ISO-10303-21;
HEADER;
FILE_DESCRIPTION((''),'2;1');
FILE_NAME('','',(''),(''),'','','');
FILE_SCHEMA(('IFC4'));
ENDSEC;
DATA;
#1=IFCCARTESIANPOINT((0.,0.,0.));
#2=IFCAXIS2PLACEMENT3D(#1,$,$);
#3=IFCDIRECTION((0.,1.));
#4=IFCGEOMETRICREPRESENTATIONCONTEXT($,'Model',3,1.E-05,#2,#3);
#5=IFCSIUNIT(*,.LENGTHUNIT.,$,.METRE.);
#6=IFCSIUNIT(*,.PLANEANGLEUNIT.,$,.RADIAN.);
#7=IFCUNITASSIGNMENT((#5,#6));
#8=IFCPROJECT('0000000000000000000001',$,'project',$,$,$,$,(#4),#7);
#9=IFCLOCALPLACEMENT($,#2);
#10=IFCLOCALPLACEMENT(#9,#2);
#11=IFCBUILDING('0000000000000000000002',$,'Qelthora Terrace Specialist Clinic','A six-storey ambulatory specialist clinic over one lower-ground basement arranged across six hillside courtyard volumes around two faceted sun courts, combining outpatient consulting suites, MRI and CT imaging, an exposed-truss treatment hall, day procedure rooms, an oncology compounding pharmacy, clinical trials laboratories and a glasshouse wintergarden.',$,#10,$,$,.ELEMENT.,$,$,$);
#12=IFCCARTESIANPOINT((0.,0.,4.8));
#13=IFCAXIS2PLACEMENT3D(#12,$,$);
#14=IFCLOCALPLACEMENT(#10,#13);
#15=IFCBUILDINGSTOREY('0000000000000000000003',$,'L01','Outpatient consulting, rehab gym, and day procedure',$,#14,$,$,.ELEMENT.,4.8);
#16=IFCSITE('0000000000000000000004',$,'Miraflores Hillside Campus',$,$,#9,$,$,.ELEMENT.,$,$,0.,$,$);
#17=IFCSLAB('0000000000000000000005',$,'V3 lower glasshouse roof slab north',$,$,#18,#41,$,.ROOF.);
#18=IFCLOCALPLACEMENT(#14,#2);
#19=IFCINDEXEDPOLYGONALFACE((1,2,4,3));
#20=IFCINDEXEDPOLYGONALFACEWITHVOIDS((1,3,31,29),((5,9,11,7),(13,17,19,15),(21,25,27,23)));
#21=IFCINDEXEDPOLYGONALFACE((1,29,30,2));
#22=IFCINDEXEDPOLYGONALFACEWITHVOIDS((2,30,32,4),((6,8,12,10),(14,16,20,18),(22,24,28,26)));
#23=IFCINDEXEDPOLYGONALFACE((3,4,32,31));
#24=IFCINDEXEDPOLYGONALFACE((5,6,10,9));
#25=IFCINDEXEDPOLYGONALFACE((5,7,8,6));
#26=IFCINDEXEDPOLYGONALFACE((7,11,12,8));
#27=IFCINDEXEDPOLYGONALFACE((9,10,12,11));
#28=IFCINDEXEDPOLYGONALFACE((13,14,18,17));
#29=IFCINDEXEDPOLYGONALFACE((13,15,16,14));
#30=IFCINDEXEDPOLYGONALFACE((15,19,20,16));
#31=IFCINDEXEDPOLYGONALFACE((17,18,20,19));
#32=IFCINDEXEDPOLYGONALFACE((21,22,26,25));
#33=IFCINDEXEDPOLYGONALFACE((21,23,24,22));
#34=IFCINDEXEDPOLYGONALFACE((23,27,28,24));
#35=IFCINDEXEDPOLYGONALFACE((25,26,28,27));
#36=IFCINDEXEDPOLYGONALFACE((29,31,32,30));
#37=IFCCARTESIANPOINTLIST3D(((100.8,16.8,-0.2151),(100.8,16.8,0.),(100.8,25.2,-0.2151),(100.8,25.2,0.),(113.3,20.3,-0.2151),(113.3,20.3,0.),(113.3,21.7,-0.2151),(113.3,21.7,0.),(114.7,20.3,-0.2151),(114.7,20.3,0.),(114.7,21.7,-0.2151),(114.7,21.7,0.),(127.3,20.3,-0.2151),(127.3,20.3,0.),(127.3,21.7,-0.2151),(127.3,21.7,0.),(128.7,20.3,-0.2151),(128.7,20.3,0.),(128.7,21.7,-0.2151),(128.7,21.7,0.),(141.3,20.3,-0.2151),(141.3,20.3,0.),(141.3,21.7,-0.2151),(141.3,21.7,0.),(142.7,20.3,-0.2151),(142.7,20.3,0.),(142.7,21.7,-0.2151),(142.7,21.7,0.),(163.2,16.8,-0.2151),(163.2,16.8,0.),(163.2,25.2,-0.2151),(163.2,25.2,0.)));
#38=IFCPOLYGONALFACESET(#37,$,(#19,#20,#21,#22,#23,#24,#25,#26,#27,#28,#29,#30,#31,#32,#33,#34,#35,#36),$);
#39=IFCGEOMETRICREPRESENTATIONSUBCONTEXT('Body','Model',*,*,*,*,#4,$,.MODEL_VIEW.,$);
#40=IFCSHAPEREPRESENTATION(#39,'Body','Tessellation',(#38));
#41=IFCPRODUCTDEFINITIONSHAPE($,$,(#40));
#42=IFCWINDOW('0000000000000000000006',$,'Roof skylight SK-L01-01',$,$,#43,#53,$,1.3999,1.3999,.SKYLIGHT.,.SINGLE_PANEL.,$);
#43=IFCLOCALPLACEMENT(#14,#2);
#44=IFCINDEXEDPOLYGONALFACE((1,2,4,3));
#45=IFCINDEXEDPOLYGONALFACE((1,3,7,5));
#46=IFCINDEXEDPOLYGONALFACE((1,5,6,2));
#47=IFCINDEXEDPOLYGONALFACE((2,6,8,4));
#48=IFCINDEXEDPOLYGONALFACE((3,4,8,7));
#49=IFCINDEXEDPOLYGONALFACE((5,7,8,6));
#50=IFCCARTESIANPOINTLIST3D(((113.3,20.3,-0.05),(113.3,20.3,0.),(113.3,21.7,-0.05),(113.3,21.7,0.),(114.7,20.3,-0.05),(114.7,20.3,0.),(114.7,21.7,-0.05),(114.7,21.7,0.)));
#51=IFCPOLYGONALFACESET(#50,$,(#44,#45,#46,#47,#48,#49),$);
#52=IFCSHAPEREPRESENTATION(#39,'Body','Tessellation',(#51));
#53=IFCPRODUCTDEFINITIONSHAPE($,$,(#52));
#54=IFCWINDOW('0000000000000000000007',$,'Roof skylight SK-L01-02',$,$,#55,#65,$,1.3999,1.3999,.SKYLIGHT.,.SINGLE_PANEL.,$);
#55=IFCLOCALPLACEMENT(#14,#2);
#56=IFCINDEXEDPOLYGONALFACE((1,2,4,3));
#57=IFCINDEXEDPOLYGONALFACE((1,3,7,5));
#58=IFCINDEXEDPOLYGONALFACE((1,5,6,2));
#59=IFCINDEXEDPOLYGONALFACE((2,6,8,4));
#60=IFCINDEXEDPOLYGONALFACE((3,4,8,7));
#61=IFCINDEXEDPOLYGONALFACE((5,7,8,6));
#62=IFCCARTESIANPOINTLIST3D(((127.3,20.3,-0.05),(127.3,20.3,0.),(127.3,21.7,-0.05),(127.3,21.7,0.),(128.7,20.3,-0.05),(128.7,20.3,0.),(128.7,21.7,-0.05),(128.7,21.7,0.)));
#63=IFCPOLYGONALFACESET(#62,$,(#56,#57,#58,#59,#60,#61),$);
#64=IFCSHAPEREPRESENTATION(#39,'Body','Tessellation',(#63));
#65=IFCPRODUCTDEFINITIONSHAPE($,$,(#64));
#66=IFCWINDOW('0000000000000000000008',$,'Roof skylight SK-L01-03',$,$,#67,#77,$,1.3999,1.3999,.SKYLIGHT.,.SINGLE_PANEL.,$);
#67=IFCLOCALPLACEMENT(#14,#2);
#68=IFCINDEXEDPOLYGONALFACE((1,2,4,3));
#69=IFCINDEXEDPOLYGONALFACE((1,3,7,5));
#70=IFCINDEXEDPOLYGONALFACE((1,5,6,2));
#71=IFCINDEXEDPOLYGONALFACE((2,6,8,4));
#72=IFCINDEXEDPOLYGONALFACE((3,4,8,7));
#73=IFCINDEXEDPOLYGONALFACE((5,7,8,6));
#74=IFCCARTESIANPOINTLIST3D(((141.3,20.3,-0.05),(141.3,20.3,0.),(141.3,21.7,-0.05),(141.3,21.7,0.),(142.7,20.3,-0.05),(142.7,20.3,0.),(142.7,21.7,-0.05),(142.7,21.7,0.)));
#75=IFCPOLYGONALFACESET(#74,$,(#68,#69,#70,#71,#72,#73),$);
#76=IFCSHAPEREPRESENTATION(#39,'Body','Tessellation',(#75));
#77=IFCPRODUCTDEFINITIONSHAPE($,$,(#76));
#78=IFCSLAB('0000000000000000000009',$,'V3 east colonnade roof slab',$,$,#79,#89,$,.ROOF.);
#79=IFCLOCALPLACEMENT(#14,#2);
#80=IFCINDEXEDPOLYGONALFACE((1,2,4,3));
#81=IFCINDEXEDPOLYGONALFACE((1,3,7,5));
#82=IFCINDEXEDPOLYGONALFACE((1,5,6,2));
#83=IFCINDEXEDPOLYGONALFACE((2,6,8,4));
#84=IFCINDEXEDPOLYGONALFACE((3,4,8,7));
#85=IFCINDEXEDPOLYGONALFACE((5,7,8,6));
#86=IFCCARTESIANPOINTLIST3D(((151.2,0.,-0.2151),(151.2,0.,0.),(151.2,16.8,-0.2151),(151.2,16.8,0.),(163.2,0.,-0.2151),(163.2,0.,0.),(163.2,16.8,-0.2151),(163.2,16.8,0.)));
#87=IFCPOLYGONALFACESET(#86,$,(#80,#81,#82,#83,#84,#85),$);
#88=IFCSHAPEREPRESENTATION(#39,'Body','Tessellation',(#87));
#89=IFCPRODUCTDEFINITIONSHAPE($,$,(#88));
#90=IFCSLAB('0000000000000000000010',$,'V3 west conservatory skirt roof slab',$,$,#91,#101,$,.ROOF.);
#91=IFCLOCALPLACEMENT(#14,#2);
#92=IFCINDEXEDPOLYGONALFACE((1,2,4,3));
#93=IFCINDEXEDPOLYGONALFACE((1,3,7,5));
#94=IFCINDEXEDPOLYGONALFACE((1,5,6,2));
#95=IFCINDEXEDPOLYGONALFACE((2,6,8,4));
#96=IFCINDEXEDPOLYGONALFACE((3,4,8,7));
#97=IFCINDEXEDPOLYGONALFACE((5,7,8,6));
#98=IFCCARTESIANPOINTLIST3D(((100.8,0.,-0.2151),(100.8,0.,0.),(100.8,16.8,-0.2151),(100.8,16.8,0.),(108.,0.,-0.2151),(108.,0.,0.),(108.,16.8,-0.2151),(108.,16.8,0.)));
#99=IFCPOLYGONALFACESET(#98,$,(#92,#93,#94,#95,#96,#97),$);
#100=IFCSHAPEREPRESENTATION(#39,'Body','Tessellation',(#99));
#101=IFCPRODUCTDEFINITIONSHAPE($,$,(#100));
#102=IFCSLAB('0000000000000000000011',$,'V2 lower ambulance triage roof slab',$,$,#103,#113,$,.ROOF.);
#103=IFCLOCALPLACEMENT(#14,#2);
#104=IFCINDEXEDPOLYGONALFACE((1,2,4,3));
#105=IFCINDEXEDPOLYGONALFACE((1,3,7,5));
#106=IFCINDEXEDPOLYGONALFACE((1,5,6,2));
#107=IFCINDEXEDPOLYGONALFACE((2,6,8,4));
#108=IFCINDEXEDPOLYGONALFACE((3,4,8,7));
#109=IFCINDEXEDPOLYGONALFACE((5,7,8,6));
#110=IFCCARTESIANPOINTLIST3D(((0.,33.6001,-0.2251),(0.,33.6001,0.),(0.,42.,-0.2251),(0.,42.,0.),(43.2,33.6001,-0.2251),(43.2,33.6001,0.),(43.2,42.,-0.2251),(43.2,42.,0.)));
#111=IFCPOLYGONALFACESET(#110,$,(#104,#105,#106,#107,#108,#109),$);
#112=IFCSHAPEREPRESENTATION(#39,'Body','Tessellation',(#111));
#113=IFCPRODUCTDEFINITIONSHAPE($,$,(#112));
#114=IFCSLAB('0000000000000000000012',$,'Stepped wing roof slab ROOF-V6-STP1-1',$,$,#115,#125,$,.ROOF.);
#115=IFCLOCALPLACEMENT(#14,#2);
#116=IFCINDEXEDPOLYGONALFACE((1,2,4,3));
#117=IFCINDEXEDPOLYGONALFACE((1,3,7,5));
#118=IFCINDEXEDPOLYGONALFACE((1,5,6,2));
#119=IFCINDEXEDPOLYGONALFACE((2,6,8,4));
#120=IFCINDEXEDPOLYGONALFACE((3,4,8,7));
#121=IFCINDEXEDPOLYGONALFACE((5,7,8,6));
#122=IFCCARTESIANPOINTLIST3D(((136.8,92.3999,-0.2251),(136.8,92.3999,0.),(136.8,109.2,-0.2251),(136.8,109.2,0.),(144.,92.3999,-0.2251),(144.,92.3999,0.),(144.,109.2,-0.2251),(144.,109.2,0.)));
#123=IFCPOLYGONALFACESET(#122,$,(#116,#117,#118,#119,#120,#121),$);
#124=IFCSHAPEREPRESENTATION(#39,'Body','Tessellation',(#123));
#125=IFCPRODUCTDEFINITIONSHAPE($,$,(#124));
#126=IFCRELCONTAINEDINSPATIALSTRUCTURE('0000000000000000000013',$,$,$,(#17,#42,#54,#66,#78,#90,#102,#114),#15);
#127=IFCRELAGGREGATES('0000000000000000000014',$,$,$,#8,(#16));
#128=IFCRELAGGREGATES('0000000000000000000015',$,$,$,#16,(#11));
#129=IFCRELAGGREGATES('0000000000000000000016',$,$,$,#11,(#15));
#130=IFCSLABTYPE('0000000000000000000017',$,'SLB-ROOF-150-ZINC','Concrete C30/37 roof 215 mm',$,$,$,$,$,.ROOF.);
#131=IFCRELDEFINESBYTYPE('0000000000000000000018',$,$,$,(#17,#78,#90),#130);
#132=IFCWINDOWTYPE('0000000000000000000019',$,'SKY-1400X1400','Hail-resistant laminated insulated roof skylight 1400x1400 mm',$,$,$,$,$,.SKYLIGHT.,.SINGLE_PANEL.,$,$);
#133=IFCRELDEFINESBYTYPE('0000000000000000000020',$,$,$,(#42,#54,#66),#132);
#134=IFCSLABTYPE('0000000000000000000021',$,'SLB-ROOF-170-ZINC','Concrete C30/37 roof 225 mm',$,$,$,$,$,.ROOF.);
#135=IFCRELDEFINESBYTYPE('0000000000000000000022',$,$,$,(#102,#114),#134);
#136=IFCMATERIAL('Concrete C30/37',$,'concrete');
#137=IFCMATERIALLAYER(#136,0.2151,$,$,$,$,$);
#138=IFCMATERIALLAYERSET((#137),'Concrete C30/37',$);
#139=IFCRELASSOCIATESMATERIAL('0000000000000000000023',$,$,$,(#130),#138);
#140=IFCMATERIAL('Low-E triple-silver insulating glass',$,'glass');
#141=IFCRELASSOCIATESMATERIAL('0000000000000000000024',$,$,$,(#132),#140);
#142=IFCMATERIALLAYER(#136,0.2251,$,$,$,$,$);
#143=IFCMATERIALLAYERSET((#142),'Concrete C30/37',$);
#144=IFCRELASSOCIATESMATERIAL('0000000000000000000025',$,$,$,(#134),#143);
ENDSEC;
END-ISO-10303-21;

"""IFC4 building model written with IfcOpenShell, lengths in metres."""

from ifc_helpers import new_model, si_unit, direction, frame, origin, origin_2d, place, context, subcontext, project, spatial, polyline, rectangle, outline, extrude, material, layer, layer_set, type_object, element, fill, save


model = new_model("IFC4")

# Units and contexts
model_context = context("Model", 3, precision=1e-05, world=origin(), true_north=direction((0.0, 1.0)))
body_context = subcontext(model_context, "Body", "Model", "MODEL_VIEW")
ifc_project = project(units=[si_unit("LENGTHUNIT", "METRE"), si_unit("PLANEANGLEUNIT", "RADIAN")], contexts=[model_context])

# Site, building, storey
site_placement = place(None, origin())
site = spatial("IfcSite", under=ifc_project, at=site_placement, Name="Miraflores Hillside Campus", CompositionType="ELEMENT", RefElevation=0.0)
building_placement = place(site_placement, origin())
building = spatial("IfcBuilding", under=site, at=building_placement, Name="Qelthora Terrace Specialist Clinic", Description="A six-storey ambulatory specialist clinic over one lower-ground basement arranged across six hillside courtyard volumes around two faceted sun courts, combining outpatient consulting suites, MRI and CT imaging, an exposed-truss treatment hall, day procedure rooms, an oncology compounding pharmacy, clinical trials laboratories and a glasshouse wintergarden.", CompositionType="ELEMENT")
storey_placement = place(building_placement, frame((0.0, 0.0, 4.8)))
storey = spatial("IfcBuildingStorey", under=building, at=storey_placement, Name="L01", Description="Outpatient consulting, rehab gym, and day procedure", CompositionType="ELEMENT", Elevation=4.8)

# Shared definitions
ifc_material_1 = material(Name="Concrete C30/37", Category="concrete")

# Slab, openings, windows
ifc_layer_1 = layer(ifc_material_1, 0.2151)
ifc_layer_set_1 = layer_set([ifc_layer_1], Name="Concrete C30/37")
slab_type_1 = type_object("IfcSlabType", Name="SLB-ROOF-150-ZINC", Description="Concrete C30/37 roof 215 mm", PredefinedType="ROOF", material=ifc_layer_set_1)
slab_1_placement = place(storey_placement, frame((0.0, 0.0, -0.2151)))
slab_1 = element("IfcSlab", 1, at=slab_1_placement, inside=storey, type_object=slab_type_1, Name="V3 lower glasshouse roof slab north", PredefinedType="ROOF", context=body_context, shape_type="SweptSolid", body=[
    extrude(outline(polyline([(100.8, 16.8), (163.2, 16.8), (163.2, 25.2), (100.8, 25.2), (100.8, 16.8)])), origin(), (0.0, 0.0, 1.0), 0.2151),
])
opening_1_placement = place(slab_1_placement, frame((114.0, 21.0, 0.0)))
opening_1 = element("IfcOpeningElement", 2, at=opening_1_placement, cuts=slab_1, PredefinedType="OPENING", context=body_context, shape_type="SweptSolid", body=[
    extrude(rectangle(XDim=1.3999, YDim=1.3999, at=origin_2d()), frame((0.0, 0.0, -0.01)), (0.0, 0.0, 1.0), 0.2351),
])
opening_2_placement = place(slab_1_placement, frame((128.0, 21.0, 0.0)))
opening_2 = element("IfcOpeningElement", 3, at=opening_2_placement, cuts=slab_1, PredefinedType="OPENING", context=body_context, shape_type="SweptSolid", body=[
    extrude(rectangle(XDim=1.3999, YDim=1.3999, at=origin_2d()), frame((0.0, 0.0, -0.01)), (0.0, 0.0, 1.0), 0.2351),
])
opening_3_placement = place(slab_1_placement, frame((142.0, 21.0, 0.0)))
opening_3 = element("IfcOpeningElement", 4, at=opening_3_placement, cuts=slab_1, PredefinedType="OPENING", context=body_context, shape_type="SweptSolid", body=[
    extrude(rectangle(XDim=1.3999, YDim=1.3999, at=origin_2d()), frame((0.0, 0.0, -0.01)), (0.0, 0.0, 1.0), 0.2351),
])
ifc_material_2 = material(Name="Low-E triple-silver insulating glass", Category="glass")
window_type = type_object("IfcWindowType", Name="SKY-1400X1400", Description="Hail-resistant laminated insulated roof skylight 1400x1400 mm", PartitioningType="SINGLE_PANEL", PredefinedType="SKYLIGHT", material=ifc_material_2)
window_1_placement = place(opening_1_placement, frame((0.0, 0.0, 0.165)))
window_1 = element("IfcWindow", 5, at=window_1_placement, inside=storey, type_object=window_type, Name="Roof skylight SK-L01-01", OverallHeight=1.3999, OverallWidth=1.3999, PartitioningType="SINGLE_PANEL", PredefinedType="SKYLIGHT", context=body_context, shape_type="SweptSolid", body=[
    extrude(rectangle(XDim=1.3999, YDim=1.3999, at=origin_2d()), origin(), (0.0, 0.0, 1.0), 0.05),
])
fill(opening_1, window_1)
window_2_placement = place(opening_2_placement, frame((0.0, 0.0, 0.165)))
window_2 = element("IfcWindow", 6, at=window_2_placement, inside=storey, type_object=window_type, Name="Roof skylight SK-L01-02", OverallHeight=1.3999, OverallWidth=1.3999, PartitioningType="SINGLE_PANEL", PredefinedType="SKYLIGHT", context=body_context, shape_type="SweptSolid", body=[
    extrude(rectangle(XDim=1.3999, YDim=1.3999, at=origin_2d()), origin(), (0.0, 0.0, 1.0), 0.05),
])
fill(opening_2, window_2)
window_3_placement = place(opening_3_placement, frame((0.0, 0.0, 0.165)))
window_3 = element("IfcWindow", 7, at=window_3_placement, inside=storey, type_object=window_type, Name="Roof skylight SK-L01-03", OverallHeight=1.3999, OverallWidth=1.3999, PartitioningType="SINGLE_PANEL", PredefinedType="SKYLIGHT", context=body_context, shape_type="SweptSolid", body=[
    extrude(rectangle(XDim=1.3999, YDim=1.3999, at=origin_2d()), origin(), (0.0, 0.0, 1.0), 0.05),
])
fill(opening_3, window_3)

# Slabs
slab_2_placement = place(storey_placement, frame((0.0, 0.0, -0.2151)))
element("IfcSlab", 8, at=slab_2_placement, inside=storey, type_object=slab_type_1, Name="V3 east colonnade roof slab", PredefinedType="ROOF", context=body_context, shape_type="SweptSolid", body=[
    extrude(outline(polyline([(151.2, 0.0), (163.2, 0.0), (163.2, 16.8), (151.2, 16.8), (151.2, 0.0)])), origin(), (0.0, 0.0, 1.0), 0.2151),
])
slab_3_placement = place(storey_placement, frame((0.0, 0.0, -0.2151)))
element("IfcSlab", 9, at=slab_3_placement, inside=storey, type_object=slab_type_1, Name="V3 west conservatory skirt roof slab", PredefinedType="ROOF", context=body_context, shape_type="SweptSolid", body=[
    extrude(outline(polyline([(100.8, 0.0), (108.0, 0.0), (108.0, 16.8), (100.8, 16.8), (100.8, 0.0)])), origin(), (0.0, 0.0, 1.0), 0.2151),
])
ifc_layer_2 = layer(ifc_material_1, 0.2251)
ifc_layer_set_2 = layer_set([ifc_layer_2], Name="Concrete C30/37")
slab_type_2 = type_object("IfcSlabType", Name="SLB-ROOF-170-ZINC", Description="Concrete C30/37 roof 225 mm", PredefinedType="ROOF", material=ifc_layer_set_2)
slab_4_placement = place(storey_placement, frame((0.0, 0.0, -0.2251)))
element("IfcSlab", 10, at=slab_4_placement, inside=storey, type_object=slab_type_2, Name="V2 lower ambulance triage roof slab", PredefinedType="ROOF", context=body_context, shape_type="SweptSolid", body=[
    extrude(outline(polyline([(0.0, 33.6001), (43.2, 33.6001), (43.2, 42.0), (0.0, 42.0), (0.0, 33.6001)])), origin(), (0.0, 0.0, 1.0), 0.2251),
])
slab_5_placement = place(storey_placement, frame((0.0, 0.0, -0.2251)))
element("IfcSlab", 11, at=slab_5_placement, inside=storey, type_object=slab_type_2, Name="Stepped wing roof slab ROOF-V6-STP1-1", PredefinedType="ROOF", context=body_context, shape_type="SweptSolid", body=[
    extrude(outline(polyline([(144.0, 109.2), (144.0, 92.3999), (136.8, 92.3999), (136.8, 109.2), (144.0, 109.2)])), origin(), (0.0, 0.0, 1.0), 0.2251),
])

save(model, "model.ifc")
